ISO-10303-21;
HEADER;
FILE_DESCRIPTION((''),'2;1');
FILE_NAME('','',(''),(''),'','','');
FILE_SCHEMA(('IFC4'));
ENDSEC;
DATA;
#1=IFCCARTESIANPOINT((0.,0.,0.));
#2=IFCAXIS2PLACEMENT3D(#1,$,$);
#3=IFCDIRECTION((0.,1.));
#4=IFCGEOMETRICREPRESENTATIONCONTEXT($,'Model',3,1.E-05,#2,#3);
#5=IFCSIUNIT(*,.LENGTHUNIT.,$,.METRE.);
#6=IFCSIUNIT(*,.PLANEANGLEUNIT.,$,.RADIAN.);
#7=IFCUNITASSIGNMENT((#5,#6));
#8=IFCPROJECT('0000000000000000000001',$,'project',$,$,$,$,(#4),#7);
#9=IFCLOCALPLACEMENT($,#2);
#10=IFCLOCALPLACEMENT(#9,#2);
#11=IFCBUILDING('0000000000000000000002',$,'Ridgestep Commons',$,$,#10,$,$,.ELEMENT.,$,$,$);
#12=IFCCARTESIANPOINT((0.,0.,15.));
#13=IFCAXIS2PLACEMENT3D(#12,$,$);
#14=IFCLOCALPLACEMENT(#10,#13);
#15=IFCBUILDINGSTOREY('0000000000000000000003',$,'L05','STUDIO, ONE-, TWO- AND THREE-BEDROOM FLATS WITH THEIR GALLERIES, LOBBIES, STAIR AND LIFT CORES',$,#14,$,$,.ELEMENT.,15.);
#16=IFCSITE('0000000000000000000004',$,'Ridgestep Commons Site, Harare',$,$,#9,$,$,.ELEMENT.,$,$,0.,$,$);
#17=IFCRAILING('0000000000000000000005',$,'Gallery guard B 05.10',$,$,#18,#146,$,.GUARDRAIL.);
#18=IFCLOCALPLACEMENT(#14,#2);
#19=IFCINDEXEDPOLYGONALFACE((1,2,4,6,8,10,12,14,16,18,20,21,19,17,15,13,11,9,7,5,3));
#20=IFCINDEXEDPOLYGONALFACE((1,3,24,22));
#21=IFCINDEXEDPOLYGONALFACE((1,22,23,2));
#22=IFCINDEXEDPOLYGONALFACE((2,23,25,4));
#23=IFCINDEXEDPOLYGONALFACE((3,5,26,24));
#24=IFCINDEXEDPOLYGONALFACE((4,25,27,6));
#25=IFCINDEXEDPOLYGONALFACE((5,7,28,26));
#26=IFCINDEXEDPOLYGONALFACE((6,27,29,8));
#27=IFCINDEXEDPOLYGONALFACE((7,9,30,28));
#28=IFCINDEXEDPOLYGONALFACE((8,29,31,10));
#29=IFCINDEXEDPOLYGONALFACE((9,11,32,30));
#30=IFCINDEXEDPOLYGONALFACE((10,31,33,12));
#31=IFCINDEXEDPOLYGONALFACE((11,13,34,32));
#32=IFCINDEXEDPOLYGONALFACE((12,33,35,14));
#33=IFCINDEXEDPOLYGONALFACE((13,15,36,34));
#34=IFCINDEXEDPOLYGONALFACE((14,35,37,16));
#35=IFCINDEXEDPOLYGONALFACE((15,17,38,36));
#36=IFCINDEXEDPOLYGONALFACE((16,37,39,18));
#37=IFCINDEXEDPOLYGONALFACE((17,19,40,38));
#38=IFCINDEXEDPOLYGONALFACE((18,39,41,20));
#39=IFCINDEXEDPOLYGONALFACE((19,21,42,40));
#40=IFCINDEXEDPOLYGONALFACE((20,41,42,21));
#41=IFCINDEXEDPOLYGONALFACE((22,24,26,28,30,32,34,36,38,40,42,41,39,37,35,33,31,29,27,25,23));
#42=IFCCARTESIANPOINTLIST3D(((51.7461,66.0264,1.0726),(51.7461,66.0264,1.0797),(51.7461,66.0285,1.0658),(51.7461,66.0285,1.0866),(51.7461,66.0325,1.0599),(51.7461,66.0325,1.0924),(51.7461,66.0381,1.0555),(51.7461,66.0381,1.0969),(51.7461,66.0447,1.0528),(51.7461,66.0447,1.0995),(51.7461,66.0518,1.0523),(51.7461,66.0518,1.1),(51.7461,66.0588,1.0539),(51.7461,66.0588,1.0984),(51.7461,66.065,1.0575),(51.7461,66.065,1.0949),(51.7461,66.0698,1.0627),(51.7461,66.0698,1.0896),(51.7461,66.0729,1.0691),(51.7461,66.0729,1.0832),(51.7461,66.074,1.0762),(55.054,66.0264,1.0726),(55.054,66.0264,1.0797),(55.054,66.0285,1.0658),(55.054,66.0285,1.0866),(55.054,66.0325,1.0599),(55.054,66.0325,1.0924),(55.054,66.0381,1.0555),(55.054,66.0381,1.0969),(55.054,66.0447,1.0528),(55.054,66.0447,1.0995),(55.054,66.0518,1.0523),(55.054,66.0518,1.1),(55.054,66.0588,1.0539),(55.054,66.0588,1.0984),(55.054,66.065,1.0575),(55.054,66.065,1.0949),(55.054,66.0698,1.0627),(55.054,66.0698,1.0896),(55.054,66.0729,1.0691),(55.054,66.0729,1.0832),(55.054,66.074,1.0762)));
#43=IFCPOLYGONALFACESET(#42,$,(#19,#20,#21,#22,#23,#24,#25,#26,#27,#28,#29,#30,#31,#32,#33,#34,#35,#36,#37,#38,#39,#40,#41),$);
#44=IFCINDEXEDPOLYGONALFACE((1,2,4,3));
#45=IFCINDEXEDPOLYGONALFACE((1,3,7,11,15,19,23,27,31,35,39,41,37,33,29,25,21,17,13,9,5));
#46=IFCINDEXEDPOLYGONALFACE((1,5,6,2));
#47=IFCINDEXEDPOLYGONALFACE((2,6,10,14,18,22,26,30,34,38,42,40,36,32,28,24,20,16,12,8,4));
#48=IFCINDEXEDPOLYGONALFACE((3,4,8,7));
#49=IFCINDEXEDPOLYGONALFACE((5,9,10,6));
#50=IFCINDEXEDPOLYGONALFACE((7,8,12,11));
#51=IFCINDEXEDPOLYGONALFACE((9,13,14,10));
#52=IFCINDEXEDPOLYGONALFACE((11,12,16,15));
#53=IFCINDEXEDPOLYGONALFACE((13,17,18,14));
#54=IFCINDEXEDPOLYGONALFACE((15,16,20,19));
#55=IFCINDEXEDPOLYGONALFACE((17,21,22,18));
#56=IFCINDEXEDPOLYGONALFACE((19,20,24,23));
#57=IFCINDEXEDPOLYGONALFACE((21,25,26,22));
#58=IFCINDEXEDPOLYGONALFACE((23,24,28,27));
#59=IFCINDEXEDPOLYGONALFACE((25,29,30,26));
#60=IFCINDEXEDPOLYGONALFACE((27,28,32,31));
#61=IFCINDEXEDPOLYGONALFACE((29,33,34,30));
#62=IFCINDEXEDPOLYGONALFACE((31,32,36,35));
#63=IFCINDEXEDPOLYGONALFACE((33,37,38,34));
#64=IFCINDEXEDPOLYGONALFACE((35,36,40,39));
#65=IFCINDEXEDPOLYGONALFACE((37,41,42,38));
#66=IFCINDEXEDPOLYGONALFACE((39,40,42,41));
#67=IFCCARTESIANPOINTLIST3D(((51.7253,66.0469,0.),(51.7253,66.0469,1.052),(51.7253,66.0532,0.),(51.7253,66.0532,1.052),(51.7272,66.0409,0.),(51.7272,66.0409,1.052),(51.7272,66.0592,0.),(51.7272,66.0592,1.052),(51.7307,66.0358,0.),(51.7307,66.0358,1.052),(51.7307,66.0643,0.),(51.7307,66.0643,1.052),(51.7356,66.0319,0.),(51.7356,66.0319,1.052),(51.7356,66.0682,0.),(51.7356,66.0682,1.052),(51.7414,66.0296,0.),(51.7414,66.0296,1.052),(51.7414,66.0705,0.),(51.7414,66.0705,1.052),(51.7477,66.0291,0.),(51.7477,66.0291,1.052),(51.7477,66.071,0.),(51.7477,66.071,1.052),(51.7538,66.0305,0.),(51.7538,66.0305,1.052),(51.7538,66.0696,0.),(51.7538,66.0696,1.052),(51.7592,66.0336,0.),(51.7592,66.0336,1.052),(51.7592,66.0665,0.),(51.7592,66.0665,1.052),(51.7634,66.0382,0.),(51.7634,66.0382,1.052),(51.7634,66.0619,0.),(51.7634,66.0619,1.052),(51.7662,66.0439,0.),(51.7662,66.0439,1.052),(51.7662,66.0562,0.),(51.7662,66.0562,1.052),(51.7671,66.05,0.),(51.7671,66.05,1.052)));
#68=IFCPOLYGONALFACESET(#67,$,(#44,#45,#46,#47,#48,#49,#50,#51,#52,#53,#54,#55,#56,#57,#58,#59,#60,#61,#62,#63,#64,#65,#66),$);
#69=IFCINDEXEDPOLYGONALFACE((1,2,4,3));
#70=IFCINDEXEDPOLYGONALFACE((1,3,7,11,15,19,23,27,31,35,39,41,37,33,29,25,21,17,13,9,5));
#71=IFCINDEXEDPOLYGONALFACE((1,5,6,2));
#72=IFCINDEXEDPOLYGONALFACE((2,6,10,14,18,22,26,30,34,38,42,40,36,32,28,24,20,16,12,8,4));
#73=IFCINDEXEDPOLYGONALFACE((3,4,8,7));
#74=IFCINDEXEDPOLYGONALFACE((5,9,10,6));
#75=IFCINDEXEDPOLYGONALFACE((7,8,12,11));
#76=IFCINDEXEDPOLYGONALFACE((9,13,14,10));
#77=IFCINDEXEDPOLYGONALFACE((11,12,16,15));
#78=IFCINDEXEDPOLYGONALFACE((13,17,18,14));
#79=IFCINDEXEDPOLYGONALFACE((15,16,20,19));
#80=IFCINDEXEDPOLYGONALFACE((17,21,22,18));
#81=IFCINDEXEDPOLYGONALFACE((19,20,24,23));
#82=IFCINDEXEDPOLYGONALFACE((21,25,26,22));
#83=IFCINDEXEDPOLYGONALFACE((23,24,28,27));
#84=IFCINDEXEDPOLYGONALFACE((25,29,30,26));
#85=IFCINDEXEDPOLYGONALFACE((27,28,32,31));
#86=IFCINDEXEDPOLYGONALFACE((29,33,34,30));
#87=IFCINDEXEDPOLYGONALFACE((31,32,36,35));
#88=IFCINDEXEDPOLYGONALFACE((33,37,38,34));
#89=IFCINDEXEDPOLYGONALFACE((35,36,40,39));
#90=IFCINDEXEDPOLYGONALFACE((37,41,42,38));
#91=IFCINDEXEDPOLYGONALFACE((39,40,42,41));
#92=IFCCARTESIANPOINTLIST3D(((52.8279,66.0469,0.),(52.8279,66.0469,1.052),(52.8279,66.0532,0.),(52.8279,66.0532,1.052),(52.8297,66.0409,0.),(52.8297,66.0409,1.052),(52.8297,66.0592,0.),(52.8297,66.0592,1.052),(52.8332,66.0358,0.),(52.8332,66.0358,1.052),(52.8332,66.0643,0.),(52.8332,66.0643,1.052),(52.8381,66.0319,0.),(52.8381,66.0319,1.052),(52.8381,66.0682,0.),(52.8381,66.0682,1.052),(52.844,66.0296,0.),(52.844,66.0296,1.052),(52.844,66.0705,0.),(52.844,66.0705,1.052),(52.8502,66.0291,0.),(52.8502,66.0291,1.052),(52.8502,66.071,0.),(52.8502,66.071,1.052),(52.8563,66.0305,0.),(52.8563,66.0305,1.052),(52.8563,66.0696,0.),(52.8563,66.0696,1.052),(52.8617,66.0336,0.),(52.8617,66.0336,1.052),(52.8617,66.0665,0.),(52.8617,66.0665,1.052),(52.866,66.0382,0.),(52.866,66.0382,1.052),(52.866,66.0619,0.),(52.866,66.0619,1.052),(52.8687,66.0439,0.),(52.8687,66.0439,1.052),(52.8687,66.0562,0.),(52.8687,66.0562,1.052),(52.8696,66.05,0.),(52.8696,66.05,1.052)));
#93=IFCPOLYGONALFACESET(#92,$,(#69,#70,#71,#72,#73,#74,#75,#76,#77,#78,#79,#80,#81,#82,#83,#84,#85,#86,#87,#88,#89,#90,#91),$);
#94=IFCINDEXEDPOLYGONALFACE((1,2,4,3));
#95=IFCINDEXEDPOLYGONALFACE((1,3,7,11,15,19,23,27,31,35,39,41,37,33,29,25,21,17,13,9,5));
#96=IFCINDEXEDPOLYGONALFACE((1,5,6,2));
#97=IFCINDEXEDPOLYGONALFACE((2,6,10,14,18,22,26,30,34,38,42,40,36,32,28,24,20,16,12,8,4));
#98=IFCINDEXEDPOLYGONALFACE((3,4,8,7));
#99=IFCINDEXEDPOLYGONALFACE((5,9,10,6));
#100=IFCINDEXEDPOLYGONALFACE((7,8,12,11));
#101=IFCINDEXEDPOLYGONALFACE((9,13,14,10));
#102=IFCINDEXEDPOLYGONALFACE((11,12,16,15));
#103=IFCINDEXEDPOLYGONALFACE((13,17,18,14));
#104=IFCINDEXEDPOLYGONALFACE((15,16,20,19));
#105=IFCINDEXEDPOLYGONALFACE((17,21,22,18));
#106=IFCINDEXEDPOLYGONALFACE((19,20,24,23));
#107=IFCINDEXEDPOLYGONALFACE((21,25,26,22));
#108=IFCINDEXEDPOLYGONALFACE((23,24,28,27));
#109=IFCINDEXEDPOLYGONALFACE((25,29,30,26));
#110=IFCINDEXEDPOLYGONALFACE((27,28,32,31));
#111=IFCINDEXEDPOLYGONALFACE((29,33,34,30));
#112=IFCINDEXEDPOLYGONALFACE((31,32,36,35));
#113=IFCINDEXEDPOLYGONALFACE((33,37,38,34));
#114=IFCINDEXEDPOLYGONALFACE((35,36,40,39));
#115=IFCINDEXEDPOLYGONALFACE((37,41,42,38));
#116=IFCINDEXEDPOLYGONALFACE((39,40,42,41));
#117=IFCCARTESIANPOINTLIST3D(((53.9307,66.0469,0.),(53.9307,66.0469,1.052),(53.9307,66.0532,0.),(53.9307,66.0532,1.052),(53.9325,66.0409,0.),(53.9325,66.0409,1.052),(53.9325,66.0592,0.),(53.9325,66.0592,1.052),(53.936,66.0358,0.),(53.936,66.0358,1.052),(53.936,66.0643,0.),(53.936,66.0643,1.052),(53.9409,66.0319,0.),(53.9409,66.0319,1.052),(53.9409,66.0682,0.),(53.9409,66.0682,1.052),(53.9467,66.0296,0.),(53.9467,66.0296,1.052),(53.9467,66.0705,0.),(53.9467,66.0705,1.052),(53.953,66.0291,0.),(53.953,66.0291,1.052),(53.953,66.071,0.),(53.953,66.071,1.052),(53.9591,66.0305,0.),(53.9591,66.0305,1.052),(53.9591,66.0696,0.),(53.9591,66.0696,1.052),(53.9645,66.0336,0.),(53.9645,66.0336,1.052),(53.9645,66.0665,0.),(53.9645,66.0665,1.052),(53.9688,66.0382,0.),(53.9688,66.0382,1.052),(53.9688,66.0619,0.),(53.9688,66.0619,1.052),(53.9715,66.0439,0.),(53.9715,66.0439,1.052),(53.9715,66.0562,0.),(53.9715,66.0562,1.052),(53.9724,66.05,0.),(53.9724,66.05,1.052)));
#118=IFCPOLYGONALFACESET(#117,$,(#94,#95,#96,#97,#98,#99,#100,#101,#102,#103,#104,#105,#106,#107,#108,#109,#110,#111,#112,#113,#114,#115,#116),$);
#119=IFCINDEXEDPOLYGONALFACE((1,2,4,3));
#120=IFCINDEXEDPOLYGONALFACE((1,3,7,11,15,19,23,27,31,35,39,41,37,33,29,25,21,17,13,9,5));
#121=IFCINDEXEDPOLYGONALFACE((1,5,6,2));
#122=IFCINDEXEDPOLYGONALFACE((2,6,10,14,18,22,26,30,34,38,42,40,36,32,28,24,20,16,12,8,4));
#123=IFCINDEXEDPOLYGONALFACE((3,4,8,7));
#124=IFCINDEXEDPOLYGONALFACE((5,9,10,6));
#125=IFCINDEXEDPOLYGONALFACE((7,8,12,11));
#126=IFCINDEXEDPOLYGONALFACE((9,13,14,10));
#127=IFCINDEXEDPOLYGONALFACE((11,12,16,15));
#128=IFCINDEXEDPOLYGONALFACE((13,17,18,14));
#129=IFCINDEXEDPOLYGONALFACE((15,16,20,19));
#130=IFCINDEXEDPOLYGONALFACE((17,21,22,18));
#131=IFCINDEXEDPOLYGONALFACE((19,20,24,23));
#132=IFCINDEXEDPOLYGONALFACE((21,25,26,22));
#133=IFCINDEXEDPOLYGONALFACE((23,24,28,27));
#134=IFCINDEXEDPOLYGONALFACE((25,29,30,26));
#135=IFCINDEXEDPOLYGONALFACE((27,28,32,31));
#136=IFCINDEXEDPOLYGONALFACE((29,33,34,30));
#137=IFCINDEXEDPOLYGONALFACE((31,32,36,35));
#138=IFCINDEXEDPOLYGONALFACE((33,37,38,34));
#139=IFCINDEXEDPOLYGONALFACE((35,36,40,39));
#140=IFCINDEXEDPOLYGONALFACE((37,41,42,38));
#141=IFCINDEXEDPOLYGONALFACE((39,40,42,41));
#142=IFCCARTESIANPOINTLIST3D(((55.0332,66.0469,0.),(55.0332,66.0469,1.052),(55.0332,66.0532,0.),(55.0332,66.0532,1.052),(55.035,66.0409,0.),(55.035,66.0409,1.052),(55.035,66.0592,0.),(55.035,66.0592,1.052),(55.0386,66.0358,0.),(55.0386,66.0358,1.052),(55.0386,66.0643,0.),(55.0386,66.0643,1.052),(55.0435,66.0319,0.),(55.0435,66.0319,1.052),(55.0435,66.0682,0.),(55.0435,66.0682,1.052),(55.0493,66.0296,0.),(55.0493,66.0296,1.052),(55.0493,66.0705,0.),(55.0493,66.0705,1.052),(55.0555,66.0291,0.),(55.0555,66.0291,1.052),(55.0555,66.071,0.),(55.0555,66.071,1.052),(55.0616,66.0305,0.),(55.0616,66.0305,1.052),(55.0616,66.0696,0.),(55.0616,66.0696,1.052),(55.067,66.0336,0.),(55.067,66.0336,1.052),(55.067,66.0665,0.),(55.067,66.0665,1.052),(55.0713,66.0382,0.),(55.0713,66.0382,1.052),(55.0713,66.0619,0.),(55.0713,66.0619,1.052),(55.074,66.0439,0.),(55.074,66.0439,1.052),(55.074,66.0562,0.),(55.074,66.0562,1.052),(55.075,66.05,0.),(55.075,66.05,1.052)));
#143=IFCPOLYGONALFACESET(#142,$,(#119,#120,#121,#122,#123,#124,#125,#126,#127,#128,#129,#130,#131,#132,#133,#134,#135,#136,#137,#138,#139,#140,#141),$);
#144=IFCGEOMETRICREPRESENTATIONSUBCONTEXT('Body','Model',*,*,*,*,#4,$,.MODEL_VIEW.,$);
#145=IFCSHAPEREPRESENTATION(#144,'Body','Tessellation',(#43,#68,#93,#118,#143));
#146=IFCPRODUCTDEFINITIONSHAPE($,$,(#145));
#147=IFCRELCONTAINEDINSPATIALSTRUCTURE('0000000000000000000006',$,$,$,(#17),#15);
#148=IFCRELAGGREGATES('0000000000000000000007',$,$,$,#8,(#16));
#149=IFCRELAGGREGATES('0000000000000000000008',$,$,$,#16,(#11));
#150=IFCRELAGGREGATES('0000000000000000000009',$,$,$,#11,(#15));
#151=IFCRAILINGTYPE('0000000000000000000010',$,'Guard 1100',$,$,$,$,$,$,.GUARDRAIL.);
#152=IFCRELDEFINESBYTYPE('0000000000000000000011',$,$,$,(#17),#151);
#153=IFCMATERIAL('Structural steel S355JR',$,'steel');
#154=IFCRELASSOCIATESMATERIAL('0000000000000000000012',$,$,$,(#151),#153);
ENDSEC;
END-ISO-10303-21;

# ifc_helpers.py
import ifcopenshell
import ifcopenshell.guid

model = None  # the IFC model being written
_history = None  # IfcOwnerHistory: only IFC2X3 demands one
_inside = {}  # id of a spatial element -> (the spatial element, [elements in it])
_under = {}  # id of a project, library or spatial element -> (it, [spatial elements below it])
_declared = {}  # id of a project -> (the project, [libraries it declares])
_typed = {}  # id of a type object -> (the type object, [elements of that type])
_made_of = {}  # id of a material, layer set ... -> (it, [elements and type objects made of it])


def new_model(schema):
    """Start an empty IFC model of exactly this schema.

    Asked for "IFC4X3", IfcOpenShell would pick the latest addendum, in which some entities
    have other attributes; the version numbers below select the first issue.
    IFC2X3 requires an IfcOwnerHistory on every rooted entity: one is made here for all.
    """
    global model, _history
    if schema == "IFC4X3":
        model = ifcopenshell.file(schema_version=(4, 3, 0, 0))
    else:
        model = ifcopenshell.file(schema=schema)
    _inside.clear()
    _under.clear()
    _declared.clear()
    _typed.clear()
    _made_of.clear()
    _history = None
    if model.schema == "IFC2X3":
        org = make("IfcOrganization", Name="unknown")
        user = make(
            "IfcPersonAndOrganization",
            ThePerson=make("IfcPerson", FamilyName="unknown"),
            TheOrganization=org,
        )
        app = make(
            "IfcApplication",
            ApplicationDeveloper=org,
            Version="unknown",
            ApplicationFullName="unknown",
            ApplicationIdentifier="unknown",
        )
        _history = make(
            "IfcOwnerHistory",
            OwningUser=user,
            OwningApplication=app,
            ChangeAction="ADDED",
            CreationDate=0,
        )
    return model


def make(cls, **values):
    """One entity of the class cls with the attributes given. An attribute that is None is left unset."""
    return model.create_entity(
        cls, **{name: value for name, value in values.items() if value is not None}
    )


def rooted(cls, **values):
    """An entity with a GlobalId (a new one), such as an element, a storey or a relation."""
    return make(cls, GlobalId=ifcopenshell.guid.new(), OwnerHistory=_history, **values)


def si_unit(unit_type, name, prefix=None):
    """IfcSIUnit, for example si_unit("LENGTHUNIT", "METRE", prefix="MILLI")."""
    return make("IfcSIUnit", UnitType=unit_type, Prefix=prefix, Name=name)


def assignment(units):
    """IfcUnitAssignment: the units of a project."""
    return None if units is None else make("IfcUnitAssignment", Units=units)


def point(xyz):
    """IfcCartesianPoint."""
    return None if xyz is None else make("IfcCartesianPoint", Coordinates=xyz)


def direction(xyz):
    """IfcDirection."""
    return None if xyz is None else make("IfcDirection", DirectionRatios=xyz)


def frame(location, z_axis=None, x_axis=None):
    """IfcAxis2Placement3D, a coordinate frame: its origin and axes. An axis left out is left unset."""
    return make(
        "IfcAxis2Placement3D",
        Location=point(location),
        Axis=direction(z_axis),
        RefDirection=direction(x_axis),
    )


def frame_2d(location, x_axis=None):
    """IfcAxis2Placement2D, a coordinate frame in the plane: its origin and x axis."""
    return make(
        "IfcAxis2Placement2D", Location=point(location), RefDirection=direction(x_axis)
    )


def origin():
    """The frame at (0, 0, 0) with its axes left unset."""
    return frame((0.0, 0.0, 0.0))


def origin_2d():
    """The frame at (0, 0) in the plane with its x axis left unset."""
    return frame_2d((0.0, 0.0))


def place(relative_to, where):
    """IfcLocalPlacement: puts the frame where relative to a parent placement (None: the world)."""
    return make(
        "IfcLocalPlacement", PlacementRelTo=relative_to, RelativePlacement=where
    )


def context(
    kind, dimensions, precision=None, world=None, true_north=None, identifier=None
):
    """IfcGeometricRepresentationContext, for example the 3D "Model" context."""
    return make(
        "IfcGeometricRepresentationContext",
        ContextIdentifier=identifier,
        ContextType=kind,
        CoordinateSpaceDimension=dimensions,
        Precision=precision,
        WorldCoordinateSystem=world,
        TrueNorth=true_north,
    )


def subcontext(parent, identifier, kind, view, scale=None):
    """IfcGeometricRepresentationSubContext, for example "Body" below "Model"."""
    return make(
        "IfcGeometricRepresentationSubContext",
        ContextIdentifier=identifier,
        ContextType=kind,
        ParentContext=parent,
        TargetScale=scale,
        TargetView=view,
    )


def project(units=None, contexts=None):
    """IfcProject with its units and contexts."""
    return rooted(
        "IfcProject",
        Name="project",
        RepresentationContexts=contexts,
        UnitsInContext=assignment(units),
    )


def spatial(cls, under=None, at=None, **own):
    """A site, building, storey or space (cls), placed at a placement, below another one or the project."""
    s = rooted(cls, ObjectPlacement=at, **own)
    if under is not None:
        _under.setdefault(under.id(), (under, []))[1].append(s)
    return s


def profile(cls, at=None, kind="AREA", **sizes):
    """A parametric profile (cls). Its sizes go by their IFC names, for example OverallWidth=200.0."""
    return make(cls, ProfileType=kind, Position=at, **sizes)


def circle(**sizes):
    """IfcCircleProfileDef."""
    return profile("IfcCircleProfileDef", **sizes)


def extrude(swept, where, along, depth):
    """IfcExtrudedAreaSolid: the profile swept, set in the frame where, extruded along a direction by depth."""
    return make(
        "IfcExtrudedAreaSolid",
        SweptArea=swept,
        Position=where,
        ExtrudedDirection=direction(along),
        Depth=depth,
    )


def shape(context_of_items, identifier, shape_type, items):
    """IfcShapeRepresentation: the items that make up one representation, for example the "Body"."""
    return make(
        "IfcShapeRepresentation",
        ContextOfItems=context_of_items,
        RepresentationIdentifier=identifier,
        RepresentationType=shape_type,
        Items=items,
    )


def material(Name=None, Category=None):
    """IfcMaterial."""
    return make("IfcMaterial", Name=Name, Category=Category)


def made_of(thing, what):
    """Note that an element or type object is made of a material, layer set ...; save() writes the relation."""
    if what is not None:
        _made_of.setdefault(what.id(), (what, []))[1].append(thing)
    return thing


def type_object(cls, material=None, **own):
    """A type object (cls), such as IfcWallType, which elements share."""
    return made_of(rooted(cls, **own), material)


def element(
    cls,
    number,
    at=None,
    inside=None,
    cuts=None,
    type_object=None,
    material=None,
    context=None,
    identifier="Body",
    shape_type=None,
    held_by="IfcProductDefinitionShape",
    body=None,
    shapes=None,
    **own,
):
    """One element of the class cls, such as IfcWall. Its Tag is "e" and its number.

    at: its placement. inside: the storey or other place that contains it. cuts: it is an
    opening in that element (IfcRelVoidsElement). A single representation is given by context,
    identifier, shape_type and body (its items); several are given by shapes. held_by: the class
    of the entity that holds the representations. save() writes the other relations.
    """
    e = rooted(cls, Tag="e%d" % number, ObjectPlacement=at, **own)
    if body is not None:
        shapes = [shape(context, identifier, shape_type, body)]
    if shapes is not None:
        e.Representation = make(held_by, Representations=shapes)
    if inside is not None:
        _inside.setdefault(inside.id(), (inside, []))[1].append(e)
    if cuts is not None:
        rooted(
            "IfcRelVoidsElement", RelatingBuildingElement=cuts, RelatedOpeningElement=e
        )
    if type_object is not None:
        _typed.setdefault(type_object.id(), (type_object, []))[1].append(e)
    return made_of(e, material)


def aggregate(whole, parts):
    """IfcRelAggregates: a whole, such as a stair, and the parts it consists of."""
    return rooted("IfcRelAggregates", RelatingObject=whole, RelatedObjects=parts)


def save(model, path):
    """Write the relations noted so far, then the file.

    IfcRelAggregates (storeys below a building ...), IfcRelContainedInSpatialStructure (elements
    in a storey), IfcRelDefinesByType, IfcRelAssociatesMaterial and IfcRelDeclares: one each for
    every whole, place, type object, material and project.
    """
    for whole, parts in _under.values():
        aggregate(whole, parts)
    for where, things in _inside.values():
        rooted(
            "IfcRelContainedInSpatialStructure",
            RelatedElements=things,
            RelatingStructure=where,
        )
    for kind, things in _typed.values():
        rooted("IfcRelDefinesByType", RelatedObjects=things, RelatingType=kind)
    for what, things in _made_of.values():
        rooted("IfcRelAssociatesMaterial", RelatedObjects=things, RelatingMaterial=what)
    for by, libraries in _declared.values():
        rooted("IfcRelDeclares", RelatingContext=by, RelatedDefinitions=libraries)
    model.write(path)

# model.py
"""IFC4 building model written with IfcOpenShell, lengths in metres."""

from ifc_helpers import new_model, si_unit, direction, frame, origin, origin_2d, place, context, subcontext, project, spatial, circle, extrude, material, type_object, element, save


model = new_model("IFC4")

# Units and contexts
model_context = context("Model", 3, precision=1e-05, world=origin(), true_north=direction((0.0, 1.0)))
body_context = subcontext(model_context, "Body", "Model", "MODEL_VIEW")
ifc_project = project(units=[si_unit("LENGTHUNIT", "METRE"), si_unit("PLANEANGLEUNIT", "RADIAN")], contexts=[model_context])

# Site, building, storey
site_placement = place(None, origin())
site = spatial("IfcSite", under=ifc_project, at=site_placement, Name="Ridgestep Commons Site, Harare", CompositionType="ELEMENT", RefElevation=0.0)
building_placement = place(site_placement, origin())
building = spatial("IfcBuilding", under=site, at=building_placement, Name="Ridgestep Commons", CompositionType="ELEMENT")
storey_placement = place(building_placement, frame((0.0, 0.0, 15.0)))
storey = spatial("IfcBuildingStorey", under=building, at=storey_placement, Name="L05", Description="STUDIO, ONE-, TWO- AND THREE-BEDROOM FLATS WITH THEIR GALLERIES, LOBBIES, STAIR AND LIFT CORES", CompositionType="ELEMENT", Elevation=15.0)

# Railing
ifc_material_1 = material(Name="Structural steel S355JR", Category="steel")
railing_type = type_object("IfcRailingType", Name="Guard 1100", PredefinedType="GUARDRAIL", material=ifc_material_1)
railing_1_placement = place(storey_placement, frame((51.7461, 66.05, 0.0)))
element("IfcRailing", 1, at=railing_1_placement, inside=storey, type_object=railing_type, Name="Gallery guard B 05.10", PredefinedType="GUARDRAIL", context=body_context, shape_type="SweptSolid", body=[
    extrude(circle(Radius=0.0239, at=origin_2d()), frame((0.0, 0.0, 1.0762), z_axis=(1.0, 0.0, 0.0), x_axis=(0.0, 1.0, 0.0)), (0.0, 0.0, 1.0), 3.3079),
    extrude(circle(Radius=0.021, at=origin_2d()), origin(), (0.0, 0.0, 1.0), 1.052),
    extrude(circle(Radius=0.021, at=origin_2d()), frame((1.1025, 0.0, 0.0)), (0.0, 0.0, 1.0), 1.052),
    extrude(circle(Radius=0.021, at=origin_2d()), frame((2.2053, 0.0, 0.0)), (0.0, 0.0, 1.0), 1.052),
    extrude(circle(Radius=0.021, at=origin_2d()), frame((3.3079, 0.0, 0.0)), (0.0, 0.0, 1.0), 1.052),
])

save(model, "model.ifc")
